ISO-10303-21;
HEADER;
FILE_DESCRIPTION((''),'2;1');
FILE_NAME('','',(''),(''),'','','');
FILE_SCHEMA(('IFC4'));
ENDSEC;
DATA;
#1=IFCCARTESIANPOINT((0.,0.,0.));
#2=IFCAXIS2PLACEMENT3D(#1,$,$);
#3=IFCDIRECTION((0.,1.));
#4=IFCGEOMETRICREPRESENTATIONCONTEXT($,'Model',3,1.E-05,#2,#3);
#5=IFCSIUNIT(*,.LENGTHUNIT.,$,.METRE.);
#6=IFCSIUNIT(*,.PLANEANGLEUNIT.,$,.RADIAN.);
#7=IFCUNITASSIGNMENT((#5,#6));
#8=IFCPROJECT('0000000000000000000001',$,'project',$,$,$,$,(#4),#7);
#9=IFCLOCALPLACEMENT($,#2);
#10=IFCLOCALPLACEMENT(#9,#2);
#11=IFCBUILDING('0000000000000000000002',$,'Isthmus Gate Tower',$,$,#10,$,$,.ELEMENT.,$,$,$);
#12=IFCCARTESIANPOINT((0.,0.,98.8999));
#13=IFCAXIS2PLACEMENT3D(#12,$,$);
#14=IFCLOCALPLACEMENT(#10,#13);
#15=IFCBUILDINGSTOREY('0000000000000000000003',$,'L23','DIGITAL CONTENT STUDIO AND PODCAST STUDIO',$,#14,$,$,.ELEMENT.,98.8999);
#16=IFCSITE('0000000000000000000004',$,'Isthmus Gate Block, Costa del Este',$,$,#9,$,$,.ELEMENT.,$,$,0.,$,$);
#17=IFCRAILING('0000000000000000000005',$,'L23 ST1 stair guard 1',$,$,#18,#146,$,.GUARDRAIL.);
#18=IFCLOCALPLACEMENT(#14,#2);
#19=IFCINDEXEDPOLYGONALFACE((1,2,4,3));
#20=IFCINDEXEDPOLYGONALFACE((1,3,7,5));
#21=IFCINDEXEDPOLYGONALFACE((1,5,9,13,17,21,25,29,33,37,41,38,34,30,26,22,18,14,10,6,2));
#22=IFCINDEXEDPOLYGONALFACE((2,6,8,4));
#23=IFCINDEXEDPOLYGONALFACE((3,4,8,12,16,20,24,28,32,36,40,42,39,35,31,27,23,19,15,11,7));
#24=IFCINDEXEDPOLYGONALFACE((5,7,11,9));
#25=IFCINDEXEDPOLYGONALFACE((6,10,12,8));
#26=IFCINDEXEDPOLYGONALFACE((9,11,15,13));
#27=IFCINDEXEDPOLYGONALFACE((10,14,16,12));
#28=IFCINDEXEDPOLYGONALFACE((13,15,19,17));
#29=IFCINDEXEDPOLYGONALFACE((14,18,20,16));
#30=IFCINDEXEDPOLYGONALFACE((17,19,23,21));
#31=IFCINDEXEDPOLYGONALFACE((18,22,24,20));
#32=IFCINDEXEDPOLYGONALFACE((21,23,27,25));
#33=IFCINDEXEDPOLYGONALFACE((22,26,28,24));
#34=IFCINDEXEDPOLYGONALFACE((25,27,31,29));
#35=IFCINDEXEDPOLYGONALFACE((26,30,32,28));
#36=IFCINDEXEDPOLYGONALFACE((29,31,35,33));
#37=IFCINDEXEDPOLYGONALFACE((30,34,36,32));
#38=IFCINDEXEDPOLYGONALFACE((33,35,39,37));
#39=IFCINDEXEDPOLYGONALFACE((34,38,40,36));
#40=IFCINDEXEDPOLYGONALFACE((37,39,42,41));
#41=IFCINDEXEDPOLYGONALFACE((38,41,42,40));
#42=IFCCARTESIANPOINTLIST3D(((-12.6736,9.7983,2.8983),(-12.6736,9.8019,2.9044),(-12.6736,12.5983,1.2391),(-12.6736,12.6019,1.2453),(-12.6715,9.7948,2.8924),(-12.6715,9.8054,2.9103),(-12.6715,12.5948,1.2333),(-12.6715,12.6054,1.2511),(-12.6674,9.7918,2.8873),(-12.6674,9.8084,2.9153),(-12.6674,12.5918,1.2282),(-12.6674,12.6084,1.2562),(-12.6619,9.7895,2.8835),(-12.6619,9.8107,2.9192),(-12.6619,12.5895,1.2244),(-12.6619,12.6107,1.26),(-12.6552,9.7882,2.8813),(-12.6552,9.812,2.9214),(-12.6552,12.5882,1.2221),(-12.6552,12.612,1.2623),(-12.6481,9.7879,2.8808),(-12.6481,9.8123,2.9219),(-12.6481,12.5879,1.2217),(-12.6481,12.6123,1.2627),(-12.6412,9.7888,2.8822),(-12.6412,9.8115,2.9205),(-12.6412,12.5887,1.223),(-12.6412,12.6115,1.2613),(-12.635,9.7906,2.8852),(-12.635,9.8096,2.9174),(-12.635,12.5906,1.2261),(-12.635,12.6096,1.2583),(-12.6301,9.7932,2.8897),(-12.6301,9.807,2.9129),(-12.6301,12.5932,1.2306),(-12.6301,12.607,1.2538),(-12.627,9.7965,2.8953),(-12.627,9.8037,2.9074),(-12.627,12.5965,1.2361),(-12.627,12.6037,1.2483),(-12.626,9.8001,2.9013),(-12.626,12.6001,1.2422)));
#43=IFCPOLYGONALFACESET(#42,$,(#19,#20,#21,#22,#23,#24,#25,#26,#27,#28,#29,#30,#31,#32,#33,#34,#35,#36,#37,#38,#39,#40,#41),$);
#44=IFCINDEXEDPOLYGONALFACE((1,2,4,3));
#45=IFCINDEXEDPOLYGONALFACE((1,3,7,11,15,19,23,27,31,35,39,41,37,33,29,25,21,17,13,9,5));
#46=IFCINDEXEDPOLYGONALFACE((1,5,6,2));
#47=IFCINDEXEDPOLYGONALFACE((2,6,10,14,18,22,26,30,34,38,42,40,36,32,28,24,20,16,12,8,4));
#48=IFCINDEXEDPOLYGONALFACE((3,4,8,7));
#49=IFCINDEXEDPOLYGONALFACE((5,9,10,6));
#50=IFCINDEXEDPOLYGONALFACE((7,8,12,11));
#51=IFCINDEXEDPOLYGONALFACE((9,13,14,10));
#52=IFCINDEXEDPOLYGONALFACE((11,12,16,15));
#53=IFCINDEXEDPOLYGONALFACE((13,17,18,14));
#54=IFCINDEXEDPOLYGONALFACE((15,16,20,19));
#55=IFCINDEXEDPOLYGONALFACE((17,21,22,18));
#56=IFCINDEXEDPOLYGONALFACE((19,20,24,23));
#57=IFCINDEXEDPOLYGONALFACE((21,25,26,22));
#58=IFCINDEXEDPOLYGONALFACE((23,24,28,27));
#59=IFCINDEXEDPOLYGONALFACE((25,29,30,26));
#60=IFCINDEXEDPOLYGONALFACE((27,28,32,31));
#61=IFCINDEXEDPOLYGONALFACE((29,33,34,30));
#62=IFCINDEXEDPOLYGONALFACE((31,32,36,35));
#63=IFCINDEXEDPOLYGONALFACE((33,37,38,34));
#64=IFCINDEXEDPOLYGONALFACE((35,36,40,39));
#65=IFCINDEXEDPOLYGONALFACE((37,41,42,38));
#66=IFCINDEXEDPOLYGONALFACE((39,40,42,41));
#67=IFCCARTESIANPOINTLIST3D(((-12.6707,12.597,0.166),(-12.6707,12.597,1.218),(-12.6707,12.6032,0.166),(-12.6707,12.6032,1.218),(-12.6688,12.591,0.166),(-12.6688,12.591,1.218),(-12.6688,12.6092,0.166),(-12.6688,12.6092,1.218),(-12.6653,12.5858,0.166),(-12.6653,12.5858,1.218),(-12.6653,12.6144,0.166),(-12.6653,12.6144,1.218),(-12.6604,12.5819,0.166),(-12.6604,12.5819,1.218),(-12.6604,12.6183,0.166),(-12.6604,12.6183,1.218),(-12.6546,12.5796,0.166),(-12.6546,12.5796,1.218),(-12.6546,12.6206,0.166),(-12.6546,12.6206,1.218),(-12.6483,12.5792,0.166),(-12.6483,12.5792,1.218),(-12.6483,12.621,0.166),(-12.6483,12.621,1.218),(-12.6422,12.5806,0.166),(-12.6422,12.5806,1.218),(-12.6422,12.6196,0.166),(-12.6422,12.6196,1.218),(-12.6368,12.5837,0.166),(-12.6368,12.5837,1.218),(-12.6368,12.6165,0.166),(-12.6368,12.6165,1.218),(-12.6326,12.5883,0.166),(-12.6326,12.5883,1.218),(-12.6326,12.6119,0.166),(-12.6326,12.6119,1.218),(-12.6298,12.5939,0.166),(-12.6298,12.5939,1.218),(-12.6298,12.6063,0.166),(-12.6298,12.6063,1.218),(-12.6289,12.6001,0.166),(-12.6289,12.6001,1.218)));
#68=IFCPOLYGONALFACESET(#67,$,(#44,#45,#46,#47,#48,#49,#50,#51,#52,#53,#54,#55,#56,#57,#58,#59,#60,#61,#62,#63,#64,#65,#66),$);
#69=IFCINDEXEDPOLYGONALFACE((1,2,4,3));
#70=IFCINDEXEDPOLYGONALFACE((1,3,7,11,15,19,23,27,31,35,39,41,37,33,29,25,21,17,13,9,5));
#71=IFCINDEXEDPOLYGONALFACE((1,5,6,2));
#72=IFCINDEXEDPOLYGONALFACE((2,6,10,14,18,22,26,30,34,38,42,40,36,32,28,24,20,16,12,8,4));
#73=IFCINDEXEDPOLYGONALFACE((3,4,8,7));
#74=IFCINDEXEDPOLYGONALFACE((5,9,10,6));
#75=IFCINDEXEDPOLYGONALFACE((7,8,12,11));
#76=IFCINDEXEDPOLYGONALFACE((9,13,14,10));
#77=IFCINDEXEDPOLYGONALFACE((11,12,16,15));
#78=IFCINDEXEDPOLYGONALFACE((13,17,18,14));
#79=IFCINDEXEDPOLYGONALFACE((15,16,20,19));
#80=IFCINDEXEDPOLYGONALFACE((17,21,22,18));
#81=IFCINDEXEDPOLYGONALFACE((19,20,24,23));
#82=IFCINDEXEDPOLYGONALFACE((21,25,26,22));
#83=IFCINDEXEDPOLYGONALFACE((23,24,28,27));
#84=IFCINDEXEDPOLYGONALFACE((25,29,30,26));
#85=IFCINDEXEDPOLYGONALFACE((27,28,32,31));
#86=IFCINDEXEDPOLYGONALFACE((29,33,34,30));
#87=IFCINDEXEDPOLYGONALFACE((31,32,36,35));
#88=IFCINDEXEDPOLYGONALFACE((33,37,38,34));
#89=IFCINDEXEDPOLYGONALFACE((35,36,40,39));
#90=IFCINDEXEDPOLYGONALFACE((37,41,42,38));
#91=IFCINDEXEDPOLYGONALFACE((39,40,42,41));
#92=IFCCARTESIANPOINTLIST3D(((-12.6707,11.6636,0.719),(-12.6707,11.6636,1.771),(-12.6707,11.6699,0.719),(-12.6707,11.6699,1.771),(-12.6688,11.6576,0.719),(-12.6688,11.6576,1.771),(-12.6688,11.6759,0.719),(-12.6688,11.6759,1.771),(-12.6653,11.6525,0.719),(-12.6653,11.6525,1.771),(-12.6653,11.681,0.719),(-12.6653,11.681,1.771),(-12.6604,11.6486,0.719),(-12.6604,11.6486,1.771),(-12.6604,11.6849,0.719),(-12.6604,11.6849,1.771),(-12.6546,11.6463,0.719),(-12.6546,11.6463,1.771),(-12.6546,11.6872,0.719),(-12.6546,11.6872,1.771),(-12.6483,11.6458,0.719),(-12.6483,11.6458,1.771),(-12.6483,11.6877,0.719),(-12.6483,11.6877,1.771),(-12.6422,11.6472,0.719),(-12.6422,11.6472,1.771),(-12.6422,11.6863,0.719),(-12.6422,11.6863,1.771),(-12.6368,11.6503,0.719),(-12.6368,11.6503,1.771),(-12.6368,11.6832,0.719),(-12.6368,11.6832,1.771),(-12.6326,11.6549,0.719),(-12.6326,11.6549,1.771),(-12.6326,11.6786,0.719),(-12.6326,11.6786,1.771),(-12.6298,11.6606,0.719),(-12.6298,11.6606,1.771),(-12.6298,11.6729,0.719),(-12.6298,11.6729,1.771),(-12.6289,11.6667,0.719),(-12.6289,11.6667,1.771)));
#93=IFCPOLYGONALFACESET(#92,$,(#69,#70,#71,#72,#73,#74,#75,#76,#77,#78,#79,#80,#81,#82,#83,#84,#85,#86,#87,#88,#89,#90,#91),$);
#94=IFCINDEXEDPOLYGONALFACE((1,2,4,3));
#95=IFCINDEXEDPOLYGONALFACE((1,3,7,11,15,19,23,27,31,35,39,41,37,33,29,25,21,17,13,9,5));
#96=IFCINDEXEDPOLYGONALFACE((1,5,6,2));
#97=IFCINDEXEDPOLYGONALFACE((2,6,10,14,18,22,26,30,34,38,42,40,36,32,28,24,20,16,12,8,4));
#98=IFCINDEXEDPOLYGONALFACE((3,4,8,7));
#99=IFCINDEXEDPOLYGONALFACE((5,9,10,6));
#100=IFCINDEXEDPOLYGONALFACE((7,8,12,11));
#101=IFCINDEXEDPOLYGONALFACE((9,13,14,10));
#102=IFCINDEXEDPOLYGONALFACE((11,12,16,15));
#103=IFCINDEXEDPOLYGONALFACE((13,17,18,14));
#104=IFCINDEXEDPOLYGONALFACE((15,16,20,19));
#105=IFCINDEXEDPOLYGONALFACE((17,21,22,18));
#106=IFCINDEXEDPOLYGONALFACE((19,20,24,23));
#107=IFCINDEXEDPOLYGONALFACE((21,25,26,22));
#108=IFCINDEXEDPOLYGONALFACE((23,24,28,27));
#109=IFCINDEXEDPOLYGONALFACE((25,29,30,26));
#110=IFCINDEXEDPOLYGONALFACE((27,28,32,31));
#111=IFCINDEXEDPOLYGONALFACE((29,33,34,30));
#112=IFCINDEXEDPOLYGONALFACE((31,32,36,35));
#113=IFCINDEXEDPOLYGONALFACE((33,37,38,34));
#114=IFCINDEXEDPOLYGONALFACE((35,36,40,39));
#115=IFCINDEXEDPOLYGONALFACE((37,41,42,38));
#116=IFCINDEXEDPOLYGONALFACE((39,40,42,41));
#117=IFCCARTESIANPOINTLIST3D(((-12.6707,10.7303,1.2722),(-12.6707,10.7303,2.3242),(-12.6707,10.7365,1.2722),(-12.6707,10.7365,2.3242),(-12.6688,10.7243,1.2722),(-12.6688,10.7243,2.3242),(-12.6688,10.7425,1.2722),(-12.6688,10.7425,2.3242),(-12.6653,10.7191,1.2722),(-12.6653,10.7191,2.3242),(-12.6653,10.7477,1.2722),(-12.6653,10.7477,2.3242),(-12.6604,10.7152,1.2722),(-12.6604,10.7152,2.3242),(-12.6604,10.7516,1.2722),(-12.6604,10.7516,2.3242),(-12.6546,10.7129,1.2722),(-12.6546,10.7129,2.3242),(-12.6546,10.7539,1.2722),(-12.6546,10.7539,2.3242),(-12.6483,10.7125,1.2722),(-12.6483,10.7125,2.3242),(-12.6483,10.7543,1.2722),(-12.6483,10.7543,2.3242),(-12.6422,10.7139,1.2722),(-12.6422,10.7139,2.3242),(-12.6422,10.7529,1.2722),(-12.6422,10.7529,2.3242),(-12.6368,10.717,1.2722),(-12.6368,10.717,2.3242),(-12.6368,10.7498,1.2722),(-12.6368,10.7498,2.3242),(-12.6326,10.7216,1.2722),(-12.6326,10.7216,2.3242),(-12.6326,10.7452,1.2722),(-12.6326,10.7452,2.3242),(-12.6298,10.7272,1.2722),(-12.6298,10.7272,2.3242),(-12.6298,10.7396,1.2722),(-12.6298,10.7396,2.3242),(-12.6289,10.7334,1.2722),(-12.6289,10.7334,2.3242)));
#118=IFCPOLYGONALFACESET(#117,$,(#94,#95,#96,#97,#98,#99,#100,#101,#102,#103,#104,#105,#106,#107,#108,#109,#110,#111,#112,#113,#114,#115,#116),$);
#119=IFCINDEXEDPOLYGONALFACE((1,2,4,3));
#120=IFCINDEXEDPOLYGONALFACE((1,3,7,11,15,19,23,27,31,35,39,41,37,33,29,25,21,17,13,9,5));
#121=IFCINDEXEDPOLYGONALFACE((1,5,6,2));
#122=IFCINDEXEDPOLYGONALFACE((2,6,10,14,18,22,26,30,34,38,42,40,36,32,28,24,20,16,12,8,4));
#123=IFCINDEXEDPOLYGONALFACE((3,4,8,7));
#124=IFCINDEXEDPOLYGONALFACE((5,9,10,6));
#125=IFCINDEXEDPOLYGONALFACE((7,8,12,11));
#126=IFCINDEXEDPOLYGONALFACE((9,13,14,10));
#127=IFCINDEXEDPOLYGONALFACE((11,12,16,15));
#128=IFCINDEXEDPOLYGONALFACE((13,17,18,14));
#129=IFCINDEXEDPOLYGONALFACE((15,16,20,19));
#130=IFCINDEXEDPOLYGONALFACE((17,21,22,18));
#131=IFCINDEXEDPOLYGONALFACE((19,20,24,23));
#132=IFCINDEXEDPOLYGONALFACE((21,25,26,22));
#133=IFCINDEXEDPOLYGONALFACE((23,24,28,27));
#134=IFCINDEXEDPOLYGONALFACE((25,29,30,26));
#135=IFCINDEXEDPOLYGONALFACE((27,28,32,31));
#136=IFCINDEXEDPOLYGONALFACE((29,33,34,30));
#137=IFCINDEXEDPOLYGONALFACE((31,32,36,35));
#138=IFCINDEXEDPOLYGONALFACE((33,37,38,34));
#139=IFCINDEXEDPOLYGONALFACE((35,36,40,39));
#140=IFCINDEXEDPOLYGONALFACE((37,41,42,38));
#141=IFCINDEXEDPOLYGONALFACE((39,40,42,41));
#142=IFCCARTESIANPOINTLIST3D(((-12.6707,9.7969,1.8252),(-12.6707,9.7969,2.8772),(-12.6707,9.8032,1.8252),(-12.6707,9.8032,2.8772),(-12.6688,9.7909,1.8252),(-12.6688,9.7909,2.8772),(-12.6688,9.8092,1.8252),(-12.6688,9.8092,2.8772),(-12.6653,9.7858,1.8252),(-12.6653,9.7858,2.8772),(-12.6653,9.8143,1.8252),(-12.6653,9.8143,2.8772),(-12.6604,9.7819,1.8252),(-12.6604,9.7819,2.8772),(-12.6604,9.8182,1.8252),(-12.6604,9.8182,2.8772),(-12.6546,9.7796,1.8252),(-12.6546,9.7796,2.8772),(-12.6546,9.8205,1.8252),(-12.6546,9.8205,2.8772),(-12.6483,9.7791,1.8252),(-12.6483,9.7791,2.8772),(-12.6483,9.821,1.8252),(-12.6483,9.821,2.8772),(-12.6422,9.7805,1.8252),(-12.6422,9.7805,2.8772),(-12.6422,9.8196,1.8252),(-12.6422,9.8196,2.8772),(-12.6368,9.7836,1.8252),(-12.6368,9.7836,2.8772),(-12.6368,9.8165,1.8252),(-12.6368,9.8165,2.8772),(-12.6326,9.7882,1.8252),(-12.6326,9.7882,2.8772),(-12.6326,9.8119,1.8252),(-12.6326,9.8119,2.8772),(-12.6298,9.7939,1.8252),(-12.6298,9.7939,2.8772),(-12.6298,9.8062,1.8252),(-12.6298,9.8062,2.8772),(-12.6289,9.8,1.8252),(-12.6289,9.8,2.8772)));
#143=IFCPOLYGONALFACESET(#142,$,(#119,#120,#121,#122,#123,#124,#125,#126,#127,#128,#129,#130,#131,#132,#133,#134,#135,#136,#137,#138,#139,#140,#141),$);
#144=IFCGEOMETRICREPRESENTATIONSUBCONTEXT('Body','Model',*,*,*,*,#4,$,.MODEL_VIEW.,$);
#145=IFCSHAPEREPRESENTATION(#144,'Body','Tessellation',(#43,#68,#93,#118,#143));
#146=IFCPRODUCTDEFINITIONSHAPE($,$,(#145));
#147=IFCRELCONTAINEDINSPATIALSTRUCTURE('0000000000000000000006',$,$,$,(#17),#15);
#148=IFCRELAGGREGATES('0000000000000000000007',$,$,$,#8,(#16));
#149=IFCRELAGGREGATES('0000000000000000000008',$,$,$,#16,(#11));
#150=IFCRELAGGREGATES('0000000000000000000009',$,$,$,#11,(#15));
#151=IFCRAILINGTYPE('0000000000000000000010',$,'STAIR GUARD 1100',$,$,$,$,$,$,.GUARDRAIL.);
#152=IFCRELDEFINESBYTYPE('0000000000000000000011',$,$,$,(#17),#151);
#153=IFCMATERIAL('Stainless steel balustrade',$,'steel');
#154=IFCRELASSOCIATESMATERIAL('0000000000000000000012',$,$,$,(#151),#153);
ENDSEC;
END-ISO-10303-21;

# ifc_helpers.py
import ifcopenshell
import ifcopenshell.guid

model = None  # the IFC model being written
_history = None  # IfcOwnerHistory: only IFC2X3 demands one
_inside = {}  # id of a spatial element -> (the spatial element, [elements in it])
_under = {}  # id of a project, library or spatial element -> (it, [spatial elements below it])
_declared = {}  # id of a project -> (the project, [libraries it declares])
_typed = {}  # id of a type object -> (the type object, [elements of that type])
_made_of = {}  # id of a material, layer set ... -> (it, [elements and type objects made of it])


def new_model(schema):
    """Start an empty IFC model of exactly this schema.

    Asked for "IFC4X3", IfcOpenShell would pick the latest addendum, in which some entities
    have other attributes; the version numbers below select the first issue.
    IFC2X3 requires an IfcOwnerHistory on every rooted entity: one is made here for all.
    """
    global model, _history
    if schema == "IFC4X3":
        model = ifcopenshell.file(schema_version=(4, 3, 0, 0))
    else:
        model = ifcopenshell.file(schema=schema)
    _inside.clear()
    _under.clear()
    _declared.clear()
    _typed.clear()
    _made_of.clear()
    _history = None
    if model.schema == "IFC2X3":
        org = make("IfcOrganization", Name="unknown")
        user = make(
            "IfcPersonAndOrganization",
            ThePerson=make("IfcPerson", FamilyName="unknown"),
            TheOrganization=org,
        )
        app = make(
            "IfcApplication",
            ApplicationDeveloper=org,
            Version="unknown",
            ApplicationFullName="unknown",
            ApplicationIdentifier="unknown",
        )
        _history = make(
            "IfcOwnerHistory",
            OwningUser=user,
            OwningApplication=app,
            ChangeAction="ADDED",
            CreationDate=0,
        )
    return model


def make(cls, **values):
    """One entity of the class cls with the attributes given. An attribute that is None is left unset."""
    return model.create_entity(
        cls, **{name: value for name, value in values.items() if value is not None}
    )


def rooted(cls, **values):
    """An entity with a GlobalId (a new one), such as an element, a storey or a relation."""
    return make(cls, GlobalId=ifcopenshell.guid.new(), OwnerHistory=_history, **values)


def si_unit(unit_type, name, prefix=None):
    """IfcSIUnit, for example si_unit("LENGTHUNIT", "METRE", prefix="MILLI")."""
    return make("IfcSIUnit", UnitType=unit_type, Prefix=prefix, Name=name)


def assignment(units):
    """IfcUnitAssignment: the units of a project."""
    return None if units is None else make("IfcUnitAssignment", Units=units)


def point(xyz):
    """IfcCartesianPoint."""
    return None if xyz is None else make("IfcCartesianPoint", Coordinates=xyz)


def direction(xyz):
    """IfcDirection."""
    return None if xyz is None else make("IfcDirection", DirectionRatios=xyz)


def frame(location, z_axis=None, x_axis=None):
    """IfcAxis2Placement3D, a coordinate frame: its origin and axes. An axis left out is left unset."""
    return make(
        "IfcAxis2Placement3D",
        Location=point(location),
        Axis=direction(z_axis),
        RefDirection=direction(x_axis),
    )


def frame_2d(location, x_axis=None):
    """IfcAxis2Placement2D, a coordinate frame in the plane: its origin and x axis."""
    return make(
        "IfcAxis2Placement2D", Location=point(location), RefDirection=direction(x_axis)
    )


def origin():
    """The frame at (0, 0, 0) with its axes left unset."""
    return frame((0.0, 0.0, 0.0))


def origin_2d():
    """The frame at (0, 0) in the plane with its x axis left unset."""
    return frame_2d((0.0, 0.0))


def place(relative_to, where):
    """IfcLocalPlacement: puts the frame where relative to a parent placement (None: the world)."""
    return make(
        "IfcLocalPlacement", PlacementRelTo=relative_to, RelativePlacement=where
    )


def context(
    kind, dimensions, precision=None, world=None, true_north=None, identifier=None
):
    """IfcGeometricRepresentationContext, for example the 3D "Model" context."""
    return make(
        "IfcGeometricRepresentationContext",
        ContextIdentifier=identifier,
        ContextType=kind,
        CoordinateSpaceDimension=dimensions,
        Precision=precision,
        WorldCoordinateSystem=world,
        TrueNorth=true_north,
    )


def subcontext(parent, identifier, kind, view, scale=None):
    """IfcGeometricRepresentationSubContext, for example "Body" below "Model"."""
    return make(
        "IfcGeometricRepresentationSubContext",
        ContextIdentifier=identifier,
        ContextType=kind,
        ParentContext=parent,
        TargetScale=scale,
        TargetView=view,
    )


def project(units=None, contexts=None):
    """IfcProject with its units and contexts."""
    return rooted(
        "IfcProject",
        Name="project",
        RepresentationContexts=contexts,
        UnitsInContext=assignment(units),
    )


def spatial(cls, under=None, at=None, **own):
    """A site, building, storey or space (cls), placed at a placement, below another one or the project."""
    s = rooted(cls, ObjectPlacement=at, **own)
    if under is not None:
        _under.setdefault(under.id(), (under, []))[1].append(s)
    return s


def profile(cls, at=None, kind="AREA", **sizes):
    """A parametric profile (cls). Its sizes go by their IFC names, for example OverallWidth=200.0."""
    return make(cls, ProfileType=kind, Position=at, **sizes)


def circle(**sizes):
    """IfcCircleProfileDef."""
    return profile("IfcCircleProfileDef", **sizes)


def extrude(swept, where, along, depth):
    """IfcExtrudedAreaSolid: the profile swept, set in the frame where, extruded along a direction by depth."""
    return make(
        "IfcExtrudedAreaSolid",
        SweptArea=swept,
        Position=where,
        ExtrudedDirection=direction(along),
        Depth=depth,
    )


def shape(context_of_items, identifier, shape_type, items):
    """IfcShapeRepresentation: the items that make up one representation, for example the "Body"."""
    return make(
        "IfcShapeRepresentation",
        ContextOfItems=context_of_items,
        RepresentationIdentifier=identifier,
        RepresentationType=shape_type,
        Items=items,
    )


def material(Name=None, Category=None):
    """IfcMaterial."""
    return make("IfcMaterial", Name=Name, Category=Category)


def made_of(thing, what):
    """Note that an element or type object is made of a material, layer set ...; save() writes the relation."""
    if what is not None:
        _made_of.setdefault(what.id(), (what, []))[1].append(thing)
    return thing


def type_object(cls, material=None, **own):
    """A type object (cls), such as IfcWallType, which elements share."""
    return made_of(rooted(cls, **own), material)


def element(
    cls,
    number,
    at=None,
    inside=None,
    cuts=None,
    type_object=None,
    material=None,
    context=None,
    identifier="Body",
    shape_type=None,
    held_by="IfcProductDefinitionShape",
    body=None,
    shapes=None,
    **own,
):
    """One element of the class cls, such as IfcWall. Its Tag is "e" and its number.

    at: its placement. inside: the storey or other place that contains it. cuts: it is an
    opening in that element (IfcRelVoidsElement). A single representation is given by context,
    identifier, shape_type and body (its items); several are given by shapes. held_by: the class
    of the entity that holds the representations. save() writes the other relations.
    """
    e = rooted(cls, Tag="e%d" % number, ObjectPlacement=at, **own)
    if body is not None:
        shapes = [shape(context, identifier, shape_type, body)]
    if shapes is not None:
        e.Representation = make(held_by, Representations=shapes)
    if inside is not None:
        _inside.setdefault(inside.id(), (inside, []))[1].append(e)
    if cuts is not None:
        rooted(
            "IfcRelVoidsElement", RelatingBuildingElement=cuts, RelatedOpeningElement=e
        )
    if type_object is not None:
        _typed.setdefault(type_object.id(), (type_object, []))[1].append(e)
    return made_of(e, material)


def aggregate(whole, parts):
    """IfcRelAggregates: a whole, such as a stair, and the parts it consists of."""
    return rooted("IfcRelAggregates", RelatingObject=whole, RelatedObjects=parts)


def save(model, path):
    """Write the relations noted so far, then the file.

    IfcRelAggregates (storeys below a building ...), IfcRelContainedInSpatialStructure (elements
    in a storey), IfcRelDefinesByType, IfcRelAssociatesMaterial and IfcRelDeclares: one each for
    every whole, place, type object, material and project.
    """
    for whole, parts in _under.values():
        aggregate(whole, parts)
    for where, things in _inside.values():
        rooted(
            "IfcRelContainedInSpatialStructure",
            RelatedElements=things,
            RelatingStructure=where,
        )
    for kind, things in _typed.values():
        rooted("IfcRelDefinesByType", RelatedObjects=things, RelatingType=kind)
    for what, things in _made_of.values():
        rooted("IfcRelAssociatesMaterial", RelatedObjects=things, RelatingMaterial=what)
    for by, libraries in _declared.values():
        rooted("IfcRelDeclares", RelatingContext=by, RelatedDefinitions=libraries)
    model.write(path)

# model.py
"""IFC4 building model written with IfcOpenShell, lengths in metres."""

from ifc_helpers import new_model, si_unit, direction, frame, origin, origin_2d, place, context, subcontext, project, spatial, circle, extrude, material, type_object, element, save


model = new_model("IFC4")

# Units and contexts
model_context = context("Model", 3, precision=1e-05, world=origin(), true_north=direction((0.0, 1.0)))
body_context = subcontext(model_context, "Body", "Model", "MODEL_VIEW")
ifc_project = project(units=[si_unit("LENGTHUNIT", "METRE"), si_unit("PLANEANGLEUNIT", "RADIAN")], contexts=[model_context])

# Site, building, storey
site_placement = place(None, origin())
site = spatial("IfcSite", under=ifc_project, at=site_placement, Name="Isthmus Gate Block, Costa del Este", CompositionType="ELEMENT", RefElevation=0.0)
building_placement = place(site_placement, origin())
building = spatial("IfcBuilding", under=site, at=building_placement, Name="Isthmus Gate Tower", CompositionType="ELEMENT")
storey_placement = place(building_placement, frame((0.0, 0.0, 98.8999)))
storey = spatial("IfcBuildingStorey", under=building, at=storey_placement, Name="L23", Description="DIGITAL CONTENT STUDIO AND PODCAST STUDIO", CompositionType="ELEMENT", Elevation=98.8999)

# Railing
ifc_material_1 = material(Name="Stainless steel balustrade", Category="steel")
railing_type_1 = type_object("IfcRailingType", Name="STAIR GUARD 1100", PredefinedType="GUARDRAIL", material=ifc_material_1)
for number, where, name in (
    (1, (-12.6499, 12.6001, 0.166), "L23 ST1 stair guard 1"),
):
    element("IfcRailing", number, at=place(storey_placement, frame(where)), inside=storey, type_object=railing_type_1, Name=name, PredefinedType="GUARDRAIL", context=body_context, shape_type="SweptSolid", body=[
        extrude(circle(Radius=0.0239, at=origin_2d()), frame((0.0, 0.0, 1.0762), z_axis=(0.0, -0.860306, 0.509778), x_axis=(1.0, 0.0, 0.0)), (0.0, 0.0, 1.0), 3.2546),
        extrude(circle(Radius=0.021, at=origin_2d()), origin(), (0.0, 0.0, 1.0), 1.052),
        extrude(circle(Radius=0.021, at=origin_2d()), frame((0.0, -0.9333, 0.553)), (0.0, 0.0, 1.0), 1.052),
        extrude(circle(Radius=0.021, at=origin_2d()), frame((0.0, -1.8667, 1.1062)), (0.0, 0.0, 1.0), 1.052),
        extrude(circle(Radius=0.021, at=origin_2d()), frame((0.0, -2.8, 1.6592)), (0.0, 0.0, 1.0), 1.052),
    ])

save(model, "model.ifc")
